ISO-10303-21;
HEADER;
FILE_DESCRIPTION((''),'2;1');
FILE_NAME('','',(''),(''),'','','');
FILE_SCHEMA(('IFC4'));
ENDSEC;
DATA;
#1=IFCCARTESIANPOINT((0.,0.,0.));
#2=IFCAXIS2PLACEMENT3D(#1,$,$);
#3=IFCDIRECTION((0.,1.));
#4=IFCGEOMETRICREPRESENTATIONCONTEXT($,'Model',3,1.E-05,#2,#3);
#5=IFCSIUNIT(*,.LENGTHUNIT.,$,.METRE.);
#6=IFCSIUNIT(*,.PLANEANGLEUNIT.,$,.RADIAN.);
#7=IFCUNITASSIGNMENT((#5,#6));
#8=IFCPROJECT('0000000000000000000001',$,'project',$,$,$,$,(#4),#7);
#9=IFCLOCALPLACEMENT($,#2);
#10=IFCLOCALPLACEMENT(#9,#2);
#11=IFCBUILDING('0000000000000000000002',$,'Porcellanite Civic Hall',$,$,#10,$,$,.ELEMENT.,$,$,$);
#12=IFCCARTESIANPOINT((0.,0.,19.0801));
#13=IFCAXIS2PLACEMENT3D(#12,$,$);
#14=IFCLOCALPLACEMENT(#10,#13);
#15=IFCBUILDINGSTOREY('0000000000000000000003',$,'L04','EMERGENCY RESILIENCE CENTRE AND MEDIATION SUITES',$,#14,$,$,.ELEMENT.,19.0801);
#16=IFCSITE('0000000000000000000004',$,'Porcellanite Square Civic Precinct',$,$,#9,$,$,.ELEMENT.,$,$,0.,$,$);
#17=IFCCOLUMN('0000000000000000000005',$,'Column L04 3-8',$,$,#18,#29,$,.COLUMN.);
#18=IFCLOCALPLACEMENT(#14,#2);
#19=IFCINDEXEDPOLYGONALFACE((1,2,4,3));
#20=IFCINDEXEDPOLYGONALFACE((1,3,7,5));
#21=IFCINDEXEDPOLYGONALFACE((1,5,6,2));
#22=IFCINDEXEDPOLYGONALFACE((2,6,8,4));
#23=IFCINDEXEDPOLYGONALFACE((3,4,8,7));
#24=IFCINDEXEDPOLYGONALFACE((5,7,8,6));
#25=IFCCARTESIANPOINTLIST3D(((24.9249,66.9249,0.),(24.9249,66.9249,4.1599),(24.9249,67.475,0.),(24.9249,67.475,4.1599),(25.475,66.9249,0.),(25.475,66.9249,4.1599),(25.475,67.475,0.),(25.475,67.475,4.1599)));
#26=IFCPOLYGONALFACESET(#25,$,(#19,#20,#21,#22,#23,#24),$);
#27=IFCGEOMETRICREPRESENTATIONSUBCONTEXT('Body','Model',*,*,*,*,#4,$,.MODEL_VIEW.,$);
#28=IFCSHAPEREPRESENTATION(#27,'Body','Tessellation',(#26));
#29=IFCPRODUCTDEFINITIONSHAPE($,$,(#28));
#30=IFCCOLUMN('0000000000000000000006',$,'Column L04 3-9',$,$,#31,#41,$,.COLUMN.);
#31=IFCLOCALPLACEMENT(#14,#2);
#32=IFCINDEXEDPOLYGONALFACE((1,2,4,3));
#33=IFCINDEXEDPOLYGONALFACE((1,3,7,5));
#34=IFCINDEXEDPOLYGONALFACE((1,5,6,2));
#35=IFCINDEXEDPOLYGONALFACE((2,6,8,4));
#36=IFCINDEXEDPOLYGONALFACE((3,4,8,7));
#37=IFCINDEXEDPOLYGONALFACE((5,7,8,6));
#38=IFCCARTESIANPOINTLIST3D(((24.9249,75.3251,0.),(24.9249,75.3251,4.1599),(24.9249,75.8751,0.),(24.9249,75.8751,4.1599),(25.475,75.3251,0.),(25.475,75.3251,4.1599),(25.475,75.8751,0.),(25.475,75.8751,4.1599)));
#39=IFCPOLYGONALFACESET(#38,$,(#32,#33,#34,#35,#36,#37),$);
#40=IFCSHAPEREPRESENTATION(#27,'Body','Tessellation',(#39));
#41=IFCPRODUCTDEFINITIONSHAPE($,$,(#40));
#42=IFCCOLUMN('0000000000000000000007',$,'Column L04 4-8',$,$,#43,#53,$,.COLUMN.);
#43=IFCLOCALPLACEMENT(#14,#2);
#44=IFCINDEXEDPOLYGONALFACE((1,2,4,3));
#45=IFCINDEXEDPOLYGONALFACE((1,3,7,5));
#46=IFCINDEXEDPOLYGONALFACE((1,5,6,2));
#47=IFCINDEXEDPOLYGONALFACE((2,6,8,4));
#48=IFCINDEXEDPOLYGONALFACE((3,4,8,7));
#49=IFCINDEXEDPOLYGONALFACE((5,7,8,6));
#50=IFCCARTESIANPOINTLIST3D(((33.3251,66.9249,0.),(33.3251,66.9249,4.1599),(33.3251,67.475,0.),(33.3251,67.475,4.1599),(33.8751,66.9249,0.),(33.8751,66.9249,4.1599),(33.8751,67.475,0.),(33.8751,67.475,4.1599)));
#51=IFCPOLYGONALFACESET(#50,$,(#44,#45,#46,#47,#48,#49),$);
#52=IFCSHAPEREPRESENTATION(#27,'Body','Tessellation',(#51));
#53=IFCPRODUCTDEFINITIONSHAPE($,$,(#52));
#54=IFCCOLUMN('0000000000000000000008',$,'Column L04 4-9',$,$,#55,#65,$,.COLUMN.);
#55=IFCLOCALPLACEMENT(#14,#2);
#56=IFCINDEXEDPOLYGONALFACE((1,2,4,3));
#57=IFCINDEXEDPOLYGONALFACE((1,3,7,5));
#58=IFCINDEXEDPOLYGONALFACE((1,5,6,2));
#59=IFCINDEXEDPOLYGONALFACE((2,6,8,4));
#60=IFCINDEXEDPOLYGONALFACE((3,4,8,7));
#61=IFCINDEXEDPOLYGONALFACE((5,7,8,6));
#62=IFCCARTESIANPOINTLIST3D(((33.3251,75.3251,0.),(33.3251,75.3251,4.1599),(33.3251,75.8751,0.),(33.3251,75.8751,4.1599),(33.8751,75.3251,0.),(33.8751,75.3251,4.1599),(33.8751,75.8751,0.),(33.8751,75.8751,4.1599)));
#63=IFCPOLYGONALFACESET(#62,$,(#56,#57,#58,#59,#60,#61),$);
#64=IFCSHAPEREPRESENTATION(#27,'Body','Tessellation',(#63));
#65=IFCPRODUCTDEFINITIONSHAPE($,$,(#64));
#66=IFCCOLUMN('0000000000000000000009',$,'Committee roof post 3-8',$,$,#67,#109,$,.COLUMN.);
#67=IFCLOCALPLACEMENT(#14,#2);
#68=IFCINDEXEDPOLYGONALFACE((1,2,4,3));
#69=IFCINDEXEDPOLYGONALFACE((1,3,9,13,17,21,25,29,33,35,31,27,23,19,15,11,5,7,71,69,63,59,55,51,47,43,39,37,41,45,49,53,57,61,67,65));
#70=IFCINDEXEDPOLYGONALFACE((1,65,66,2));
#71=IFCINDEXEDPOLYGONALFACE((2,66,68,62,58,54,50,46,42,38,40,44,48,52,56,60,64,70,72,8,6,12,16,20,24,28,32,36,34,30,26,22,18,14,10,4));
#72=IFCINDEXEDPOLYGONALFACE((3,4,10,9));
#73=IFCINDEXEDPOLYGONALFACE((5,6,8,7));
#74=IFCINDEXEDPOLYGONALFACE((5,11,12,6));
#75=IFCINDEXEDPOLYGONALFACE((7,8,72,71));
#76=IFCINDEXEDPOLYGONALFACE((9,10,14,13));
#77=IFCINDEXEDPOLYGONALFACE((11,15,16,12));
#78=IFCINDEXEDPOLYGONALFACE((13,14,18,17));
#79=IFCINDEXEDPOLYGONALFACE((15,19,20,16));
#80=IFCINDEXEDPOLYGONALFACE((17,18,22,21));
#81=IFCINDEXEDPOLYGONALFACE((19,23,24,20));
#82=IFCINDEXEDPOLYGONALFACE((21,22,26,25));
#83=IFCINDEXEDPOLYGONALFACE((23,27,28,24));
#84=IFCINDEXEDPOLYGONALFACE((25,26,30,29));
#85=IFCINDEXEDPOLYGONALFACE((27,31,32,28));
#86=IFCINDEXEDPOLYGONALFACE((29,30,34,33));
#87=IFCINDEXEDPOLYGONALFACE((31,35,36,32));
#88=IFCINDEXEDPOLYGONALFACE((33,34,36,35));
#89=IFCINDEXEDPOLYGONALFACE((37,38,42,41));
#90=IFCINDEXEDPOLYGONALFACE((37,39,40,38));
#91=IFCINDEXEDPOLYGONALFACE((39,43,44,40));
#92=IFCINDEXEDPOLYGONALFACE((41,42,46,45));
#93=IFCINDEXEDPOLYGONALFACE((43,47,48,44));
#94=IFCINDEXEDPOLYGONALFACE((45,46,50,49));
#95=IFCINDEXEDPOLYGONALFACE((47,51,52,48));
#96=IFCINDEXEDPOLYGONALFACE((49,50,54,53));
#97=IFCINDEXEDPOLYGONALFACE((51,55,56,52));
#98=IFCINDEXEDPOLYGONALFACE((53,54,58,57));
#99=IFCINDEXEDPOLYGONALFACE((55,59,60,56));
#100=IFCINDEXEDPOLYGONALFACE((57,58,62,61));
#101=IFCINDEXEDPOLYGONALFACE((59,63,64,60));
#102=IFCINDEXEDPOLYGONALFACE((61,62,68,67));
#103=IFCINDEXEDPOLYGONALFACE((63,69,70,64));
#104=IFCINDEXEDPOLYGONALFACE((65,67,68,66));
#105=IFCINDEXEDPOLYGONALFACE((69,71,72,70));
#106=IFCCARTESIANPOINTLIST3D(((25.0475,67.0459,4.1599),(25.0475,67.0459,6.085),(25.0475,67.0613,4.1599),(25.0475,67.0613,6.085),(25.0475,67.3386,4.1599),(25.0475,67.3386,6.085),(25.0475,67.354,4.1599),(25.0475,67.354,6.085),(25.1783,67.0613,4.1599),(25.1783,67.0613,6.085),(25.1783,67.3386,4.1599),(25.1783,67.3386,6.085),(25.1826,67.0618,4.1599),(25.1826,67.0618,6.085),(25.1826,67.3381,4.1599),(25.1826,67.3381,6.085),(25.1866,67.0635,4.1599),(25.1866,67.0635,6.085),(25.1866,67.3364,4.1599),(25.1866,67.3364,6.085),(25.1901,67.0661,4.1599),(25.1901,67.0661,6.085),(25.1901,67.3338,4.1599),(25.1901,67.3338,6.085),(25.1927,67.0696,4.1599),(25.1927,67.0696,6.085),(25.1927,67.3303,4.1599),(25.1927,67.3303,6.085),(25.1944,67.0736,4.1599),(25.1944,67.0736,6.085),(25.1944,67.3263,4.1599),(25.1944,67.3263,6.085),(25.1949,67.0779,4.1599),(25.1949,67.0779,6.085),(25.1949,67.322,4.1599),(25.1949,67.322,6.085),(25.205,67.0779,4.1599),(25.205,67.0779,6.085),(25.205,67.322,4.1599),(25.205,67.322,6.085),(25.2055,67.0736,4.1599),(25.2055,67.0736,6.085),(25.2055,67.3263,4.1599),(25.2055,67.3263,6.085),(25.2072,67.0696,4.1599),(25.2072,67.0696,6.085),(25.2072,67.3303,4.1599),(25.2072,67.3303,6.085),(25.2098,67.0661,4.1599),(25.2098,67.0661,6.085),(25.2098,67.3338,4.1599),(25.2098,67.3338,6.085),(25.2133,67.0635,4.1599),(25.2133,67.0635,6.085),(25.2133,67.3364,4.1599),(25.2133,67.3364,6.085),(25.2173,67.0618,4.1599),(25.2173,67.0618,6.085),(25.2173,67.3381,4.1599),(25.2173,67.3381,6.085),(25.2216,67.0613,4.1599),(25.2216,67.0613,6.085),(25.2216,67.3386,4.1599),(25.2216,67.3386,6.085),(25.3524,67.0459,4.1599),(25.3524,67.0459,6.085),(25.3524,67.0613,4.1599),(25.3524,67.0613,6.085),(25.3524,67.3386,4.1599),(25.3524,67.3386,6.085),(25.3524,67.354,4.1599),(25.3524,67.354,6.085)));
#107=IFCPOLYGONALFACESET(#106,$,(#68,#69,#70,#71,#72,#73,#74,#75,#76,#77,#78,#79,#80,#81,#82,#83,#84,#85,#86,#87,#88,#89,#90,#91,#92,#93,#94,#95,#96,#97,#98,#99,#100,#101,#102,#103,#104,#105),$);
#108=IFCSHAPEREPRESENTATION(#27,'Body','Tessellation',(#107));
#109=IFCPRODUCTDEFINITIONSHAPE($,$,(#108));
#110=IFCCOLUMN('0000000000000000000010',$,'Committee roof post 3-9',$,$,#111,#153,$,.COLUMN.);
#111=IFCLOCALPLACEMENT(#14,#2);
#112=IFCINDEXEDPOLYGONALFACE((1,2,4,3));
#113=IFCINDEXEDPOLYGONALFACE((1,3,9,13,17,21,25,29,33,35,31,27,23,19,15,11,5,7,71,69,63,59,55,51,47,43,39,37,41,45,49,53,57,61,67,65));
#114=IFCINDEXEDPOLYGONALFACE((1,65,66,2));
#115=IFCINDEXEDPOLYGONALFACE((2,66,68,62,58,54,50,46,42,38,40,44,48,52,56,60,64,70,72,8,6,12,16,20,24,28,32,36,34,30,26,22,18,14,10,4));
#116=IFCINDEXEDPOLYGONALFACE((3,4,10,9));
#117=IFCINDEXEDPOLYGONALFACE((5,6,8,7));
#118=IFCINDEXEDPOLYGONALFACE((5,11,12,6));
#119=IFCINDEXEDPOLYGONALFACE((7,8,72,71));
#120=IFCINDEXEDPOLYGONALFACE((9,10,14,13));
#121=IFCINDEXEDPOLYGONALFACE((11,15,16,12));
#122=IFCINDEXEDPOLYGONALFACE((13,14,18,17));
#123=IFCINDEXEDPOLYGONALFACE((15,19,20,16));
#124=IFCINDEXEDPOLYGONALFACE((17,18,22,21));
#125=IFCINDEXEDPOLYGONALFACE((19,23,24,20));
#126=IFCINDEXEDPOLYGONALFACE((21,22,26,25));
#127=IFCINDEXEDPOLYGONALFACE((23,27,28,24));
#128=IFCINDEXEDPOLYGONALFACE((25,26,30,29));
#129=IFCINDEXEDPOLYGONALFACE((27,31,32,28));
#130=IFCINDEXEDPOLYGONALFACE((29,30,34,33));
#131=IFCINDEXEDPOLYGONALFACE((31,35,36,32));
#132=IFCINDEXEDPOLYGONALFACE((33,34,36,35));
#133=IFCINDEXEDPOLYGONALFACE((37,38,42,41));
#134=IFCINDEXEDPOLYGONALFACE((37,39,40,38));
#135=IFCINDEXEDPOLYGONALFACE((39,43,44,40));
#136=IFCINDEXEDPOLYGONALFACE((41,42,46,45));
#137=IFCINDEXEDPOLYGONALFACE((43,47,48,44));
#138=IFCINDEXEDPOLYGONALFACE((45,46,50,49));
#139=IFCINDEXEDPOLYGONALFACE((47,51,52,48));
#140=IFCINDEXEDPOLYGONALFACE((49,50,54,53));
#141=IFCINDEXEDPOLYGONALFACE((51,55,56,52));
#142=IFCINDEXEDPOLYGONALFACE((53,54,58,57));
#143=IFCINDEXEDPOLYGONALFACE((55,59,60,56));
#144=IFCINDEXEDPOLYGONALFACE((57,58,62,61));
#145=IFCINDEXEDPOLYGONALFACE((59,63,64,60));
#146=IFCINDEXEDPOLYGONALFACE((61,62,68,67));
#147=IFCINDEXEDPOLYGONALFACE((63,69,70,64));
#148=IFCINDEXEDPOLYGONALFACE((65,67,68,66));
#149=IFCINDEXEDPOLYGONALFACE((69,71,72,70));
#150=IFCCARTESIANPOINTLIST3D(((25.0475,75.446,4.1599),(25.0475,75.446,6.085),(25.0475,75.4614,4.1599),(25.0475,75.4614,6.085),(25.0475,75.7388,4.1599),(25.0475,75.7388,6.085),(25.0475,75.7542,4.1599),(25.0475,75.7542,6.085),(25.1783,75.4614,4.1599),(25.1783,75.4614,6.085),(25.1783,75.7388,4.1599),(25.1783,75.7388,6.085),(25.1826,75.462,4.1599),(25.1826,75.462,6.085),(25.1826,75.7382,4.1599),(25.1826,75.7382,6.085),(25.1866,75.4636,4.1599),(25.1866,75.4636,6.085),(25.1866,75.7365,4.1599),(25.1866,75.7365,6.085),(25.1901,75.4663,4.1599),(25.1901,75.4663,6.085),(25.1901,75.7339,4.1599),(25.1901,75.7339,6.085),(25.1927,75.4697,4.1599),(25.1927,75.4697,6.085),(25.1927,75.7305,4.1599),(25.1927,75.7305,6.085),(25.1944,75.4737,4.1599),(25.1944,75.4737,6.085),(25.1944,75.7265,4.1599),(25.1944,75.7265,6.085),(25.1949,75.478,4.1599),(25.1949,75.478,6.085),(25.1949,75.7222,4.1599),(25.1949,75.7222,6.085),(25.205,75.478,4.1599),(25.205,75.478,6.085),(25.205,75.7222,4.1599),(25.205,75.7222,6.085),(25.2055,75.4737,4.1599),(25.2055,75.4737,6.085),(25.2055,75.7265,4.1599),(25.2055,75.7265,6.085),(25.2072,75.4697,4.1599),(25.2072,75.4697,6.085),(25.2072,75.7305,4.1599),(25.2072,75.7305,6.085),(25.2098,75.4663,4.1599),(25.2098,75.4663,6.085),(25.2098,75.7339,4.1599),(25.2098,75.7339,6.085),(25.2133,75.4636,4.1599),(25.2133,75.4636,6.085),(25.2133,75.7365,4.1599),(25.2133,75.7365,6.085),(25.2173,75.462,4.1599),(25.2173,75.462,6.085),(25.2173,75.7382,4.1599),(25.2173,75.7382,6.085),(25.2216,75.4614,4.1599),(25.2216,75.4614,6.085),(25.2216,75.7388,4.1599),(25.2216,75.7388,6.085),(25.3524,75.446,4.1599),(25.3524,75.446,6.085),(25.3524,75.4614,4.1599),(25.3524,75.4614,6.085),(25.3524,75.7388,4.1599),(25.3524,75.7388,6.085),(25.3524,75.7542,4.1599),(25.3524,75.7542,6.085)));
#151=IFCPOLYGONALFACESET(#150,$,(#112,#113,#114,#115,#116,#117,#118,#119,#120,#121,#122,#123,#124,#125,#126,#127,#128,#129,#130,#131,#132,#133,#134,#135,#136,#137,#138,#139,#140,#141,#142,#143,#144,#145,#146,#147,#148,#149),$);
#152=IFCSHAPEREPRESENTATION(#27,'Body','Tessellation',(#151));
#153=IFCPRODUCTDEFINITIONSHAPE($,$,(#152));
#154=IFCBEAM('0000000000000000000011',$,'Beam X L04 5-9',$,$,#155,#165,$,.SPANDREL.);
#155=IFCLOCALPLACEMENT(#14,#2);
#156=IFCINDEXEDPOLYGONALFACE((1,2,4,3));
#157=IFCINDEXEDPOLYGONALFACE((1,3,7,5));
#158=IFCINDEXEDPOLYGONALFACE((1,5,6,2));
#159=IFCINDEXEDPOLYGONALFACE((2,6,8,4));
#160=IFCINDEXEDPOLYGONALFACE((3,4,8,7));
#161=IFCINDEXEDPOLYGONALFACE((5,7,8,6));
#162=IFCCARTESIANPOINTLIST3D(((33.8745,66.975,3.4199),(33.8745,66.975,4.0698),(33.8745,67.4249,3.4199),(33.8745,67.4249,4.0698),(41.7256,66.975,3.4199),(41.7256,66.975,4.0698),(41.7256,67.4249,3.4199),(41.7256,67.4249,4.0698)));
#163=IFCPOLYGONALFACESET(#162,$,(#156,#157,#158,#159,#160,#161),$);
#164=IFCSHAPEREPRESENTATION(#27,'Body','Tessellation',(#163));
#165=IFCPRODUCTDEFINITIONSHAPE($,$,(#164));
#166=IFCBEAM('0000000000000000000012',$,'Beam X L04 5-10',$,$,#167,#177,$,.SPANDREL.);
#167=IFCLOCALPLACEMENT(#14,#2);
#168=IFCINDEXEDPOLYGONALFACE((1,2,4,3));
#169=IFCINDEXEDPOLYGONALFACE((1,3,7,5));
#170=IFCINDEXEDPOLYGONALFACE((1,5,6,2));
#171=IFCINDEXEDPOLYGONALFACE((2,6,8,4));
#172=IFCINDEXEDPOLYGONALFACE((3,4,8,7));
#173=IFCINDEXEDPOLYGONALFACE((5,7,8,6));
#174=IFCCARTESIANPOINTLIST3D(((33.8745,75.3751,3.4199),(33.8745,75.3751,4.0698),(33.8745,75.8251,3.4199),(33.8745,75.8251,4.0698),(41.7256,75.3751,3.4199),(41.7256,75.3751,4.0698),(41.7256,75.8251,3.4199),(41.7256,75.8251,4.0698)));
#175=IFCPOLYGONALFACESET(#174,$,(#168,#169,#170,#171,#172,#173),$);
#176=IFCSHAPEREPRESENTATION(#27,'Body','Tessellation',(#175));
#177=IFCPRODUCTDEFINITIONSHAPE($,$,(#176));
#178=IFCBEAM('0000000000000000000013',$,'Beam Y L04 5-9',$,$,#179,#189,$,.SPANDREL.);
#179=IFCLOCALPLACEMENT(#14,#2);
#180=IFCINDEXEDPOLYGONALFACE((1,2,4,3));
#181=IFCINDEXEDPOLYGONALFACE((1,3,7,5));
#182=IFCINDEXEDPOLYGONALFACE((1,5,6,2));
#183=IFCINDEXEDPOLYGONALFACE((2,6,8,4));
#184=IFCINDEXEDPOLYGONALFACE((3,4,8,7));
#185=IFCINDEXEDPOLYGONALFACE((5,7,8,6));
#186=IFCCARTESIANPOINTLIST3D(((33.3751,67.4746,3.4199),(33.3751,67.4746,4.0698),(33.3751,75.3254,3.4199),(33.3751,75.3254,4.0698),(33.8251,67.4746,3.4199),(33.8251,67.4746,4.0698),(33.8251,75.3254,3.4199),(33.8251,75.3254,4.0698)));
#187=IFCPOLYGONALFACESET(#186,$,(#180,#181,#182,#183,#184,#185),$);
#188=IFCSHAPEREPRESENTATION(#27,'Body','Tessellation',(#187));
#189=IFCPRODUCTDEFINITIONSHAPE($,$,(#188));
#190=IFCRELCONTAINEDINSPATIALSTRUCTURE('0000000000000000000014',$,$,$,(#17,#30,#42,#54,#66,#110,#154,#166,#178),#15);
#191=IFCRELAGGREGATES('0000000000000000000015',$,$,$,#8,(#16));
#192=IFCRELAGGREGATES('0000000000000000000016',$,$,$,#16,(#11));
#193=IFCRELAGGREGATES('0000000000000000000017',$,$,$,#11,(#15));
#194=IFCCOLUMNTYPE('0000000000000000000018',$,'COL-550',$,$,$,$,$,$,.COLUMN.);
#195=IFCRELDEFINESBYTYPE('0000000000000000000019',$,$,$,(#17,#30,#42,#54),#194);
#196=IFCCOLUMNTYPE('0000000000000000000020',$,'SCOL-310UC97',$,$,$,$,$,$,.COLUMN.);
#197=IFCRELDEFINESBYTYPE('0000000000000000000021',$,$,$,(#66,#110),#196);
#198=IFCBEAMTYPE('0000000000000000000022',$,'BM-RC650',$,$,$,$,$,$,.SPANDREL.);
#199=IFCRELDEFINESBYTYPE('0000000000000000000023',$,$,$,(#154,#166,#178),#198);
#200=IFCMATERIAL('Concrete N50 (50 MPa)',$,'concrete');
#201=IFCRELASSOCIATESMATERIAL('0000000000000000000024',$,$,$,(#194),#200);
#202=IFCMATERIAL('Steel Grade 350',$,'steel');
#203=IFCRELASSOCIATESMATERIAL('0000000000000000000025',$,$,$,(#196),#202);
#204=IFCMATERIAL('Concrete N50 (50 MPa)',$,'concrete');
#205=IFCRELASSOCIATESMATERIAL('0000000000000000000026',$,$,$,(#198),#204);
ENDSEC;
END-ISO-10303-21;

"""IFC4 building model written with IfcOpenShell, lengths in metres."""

from ifc_helpers import new_model, si_unit, direction, frame, origin, origin_2d, place, context, subcontext, project, spatial, rectangle, i_section, extrude, material, material_profile, profile_set, type_object, element, save


model = new_model("IFC4")

# Units and contexts
model_context = context("Model", 3, precision=1e-05, world=origin(), true_north=direction((0.0, 1.0)))
body_context = subcontext(model_context, "Body", "Model", "MODEL_VIEW")
ifc_project = project(units=[si_unit("LENGTHUNIT", "METRE"), si_unit("PLANEANGLEUNIT", "RADIAN")], contexts=[model_context])

# Site, building, storey
site_placement = place(None, origin())
site = spatial("IfcSite", under=ifc_project, at=site_placement, Name="Porcellanite Square Civic Precinct", CompositionType="ELEMENT", RefElevation=0.0)
building_placement = place(site_placement, origin())
building = spatial("IfcBuilding", under=site, at=building_placement, Name="Porcellanite Civic Hall", CompositionType="ELEMENT")
storey_placement = place(building_placement, frame((0.0, 0.0, 19.0801)))
storey = spatial("IfcBuildingStorey", under=building, at=storey_placement, Name="L04", Description="EMERGENCY RESILIENCE CENTRE AND MEDIATION SUITES", CompositionType="ELEMENT", Elevation=19.0801)

# Columns
ifc_material_1 = material(Name="Concrete N50 (50 MPa)", Category="concrete")
ifc_material_profile_1 = material_profile(ifc_material_1, rectangle(XDim=0.55, YDim=0.55, at=origin_2d()), Name="RC-550x550")
ifc_profile_set_1 = profile_set([ifc_material_profile_1], Name="Concrete N50 (50 MPa)")
column_type_1 = type_object("IfcColumnType", Name="COL-550", PredefinedType="COLUMN", material=ifc_profile_set_1)
for number, where, z_axis, x_axis, name in (
    (1, (25.2, 67.2, 0.0), (0.0, 0.0, 1.0), (1.0, 0.0, 0.0), "Column L04 3-8"),
    (2, (25.2, 75.6001, 0.0), (0.0, 0.0, 1.0), (1.0, 0.0, 0.0), "Column L04 3-9"),
    (3, (33.6001, 67.2, 0.0), (0.0, 0.0, 1.0), (1.0, 0.0, 0.0), "Column L04 4-8"),
    (4, (33.6001, 75.6001, 0.0), (0.0, 0.0, 1.0), (1.0, 0.0, 0.0), "Column L04 4-9"),
):
    element("IfcColumn", number, at=place(storey_placement, frame(where, z_axis=z_axis, x_axis=x_axis)), inside=storey, type_object=column_type_1, Name=name, PredefinedType="COLUMN", context=body_context, shape_type="SweptSolid", body=[
        extrude(rectangle(XDim=0.55, YDim=0.55, at=origin_2d()), origin(), (0.0, 0.0, 1.0), 4.1599),
    ])
ifc_material_2 = material(Name="Steel Grade 350", Category="steel")
ifc_material_profile_2 = material_profile(ifc_material_2, i_section(OverallWidth=0.3049, OverallDepth=0.3081, WebThickness=0.01, FlangeThickness=0.0154, FilletRadius=0.0166, at=origin_2d()), Name="310UC96.8")
ifc_profile_set_2 = profile_set([ifc_material_profile_2], Name="Steel Grade 350")
column_type_2 = type_object("IfcColumnType", Name="SCOL-310UC97", PredefinedType="COLUMN", material=ifc_profile_set_2)
for number, where, z_axis, x_axis, name in (
    (5, (25.2, 67.2, 4.1599), (0.0, 0.0, 1.0), (1.0, 0.0, 0.0), "Committee roof post 3-8"),
    (6, (25.2, 75.6001, 4.1599), (0.0, 0.0, 1.0), (1.0, 0.0, 0.0), "Committee roof post 3-9"),
):
    element("IfcColumn", number, at=place(storey_placement, frame(where, z_axis=z_axis, x_axis=x_axis)), inside=storey, type_object=column_type_2, Name=name, PredefinedType="COLUMN", context=body_context, shape_type="SweptSolid", body=[
        extrude(i_section(OverallWidth=0.3049, OverallDepth=0.3081, WebThickness=0.01, FlangeThickness=0.0154, FilletRadius=0.0166, at=origin_2d()), origin(), (0.0, 0.0, 1.0), 1.925),
    ])

# Beams
ifc_material_3 = material(Name="Concrete N50 (50 MPa)", Category="concrete")
ifc_material_profile_3 = material_profile(ifc_material_3, rectangle(XDim=0.45, YDim=0.6499, at=origin_2d()), Name="RC-450x650")
ifc_profile_set_3 = profile_set([ifc_material_profile_3], Name="Concrete N50 (50 MPa)")
beam_type = type_object("IfcBeamType", Name="BM-RC650", PredefinedType="SPANDREL", material=ifc_profile_set_3)
for number, where, z_axis, x_axis, name in (
    (7, (33.8745, 67.2, 3.7449), (1.0, 0.0, 0.0), (0.0, 1.0, 0.0), "Beam X L04 5-9"),
    (8, (33.8745, 75.6001, 3.7449), (1.0, 0.0, 0.0), (0.0, 1.0, 0.0), "Beam X L04 5-10"),
):
    element("IfcBeam", number, at=place(storey_placement, frame(where, z_axis=z_axis, x_axis=x_axis)), inside=storey, type_object=beam_type, Name=name, PredefinedType="SPANDREL", context=body_context, shape_type="SweptSolid", body=[
        extrude(rectangle(XDim=0.45, YDim=0.6499, at=origin_2d()), origin(), (0.0, 0.0, 1.0), 7.8511),
    ])
beam_placement = place(storey_placement, frame((33.6001, 67.4746, 3.7449), z_axis=(0.0, 1.0, 0.0), x_axis=(-1.0, 0.0, 0.0)))
element("IfcBeam", 9, at=beam_placement, inside=storey, type_object=beam_type, Name="Beam Y L04 5-9", PredefinedType="SPANDREL", context=body_context, shape_type="SweptSolid", body=[
    extrude(rectangle(XDim=0.45, YDim=0.6499, at=origin_2d()), origin(), (0.0, 0.0, 1.0), 7.8508),
])

save(model, "model.ifc")
